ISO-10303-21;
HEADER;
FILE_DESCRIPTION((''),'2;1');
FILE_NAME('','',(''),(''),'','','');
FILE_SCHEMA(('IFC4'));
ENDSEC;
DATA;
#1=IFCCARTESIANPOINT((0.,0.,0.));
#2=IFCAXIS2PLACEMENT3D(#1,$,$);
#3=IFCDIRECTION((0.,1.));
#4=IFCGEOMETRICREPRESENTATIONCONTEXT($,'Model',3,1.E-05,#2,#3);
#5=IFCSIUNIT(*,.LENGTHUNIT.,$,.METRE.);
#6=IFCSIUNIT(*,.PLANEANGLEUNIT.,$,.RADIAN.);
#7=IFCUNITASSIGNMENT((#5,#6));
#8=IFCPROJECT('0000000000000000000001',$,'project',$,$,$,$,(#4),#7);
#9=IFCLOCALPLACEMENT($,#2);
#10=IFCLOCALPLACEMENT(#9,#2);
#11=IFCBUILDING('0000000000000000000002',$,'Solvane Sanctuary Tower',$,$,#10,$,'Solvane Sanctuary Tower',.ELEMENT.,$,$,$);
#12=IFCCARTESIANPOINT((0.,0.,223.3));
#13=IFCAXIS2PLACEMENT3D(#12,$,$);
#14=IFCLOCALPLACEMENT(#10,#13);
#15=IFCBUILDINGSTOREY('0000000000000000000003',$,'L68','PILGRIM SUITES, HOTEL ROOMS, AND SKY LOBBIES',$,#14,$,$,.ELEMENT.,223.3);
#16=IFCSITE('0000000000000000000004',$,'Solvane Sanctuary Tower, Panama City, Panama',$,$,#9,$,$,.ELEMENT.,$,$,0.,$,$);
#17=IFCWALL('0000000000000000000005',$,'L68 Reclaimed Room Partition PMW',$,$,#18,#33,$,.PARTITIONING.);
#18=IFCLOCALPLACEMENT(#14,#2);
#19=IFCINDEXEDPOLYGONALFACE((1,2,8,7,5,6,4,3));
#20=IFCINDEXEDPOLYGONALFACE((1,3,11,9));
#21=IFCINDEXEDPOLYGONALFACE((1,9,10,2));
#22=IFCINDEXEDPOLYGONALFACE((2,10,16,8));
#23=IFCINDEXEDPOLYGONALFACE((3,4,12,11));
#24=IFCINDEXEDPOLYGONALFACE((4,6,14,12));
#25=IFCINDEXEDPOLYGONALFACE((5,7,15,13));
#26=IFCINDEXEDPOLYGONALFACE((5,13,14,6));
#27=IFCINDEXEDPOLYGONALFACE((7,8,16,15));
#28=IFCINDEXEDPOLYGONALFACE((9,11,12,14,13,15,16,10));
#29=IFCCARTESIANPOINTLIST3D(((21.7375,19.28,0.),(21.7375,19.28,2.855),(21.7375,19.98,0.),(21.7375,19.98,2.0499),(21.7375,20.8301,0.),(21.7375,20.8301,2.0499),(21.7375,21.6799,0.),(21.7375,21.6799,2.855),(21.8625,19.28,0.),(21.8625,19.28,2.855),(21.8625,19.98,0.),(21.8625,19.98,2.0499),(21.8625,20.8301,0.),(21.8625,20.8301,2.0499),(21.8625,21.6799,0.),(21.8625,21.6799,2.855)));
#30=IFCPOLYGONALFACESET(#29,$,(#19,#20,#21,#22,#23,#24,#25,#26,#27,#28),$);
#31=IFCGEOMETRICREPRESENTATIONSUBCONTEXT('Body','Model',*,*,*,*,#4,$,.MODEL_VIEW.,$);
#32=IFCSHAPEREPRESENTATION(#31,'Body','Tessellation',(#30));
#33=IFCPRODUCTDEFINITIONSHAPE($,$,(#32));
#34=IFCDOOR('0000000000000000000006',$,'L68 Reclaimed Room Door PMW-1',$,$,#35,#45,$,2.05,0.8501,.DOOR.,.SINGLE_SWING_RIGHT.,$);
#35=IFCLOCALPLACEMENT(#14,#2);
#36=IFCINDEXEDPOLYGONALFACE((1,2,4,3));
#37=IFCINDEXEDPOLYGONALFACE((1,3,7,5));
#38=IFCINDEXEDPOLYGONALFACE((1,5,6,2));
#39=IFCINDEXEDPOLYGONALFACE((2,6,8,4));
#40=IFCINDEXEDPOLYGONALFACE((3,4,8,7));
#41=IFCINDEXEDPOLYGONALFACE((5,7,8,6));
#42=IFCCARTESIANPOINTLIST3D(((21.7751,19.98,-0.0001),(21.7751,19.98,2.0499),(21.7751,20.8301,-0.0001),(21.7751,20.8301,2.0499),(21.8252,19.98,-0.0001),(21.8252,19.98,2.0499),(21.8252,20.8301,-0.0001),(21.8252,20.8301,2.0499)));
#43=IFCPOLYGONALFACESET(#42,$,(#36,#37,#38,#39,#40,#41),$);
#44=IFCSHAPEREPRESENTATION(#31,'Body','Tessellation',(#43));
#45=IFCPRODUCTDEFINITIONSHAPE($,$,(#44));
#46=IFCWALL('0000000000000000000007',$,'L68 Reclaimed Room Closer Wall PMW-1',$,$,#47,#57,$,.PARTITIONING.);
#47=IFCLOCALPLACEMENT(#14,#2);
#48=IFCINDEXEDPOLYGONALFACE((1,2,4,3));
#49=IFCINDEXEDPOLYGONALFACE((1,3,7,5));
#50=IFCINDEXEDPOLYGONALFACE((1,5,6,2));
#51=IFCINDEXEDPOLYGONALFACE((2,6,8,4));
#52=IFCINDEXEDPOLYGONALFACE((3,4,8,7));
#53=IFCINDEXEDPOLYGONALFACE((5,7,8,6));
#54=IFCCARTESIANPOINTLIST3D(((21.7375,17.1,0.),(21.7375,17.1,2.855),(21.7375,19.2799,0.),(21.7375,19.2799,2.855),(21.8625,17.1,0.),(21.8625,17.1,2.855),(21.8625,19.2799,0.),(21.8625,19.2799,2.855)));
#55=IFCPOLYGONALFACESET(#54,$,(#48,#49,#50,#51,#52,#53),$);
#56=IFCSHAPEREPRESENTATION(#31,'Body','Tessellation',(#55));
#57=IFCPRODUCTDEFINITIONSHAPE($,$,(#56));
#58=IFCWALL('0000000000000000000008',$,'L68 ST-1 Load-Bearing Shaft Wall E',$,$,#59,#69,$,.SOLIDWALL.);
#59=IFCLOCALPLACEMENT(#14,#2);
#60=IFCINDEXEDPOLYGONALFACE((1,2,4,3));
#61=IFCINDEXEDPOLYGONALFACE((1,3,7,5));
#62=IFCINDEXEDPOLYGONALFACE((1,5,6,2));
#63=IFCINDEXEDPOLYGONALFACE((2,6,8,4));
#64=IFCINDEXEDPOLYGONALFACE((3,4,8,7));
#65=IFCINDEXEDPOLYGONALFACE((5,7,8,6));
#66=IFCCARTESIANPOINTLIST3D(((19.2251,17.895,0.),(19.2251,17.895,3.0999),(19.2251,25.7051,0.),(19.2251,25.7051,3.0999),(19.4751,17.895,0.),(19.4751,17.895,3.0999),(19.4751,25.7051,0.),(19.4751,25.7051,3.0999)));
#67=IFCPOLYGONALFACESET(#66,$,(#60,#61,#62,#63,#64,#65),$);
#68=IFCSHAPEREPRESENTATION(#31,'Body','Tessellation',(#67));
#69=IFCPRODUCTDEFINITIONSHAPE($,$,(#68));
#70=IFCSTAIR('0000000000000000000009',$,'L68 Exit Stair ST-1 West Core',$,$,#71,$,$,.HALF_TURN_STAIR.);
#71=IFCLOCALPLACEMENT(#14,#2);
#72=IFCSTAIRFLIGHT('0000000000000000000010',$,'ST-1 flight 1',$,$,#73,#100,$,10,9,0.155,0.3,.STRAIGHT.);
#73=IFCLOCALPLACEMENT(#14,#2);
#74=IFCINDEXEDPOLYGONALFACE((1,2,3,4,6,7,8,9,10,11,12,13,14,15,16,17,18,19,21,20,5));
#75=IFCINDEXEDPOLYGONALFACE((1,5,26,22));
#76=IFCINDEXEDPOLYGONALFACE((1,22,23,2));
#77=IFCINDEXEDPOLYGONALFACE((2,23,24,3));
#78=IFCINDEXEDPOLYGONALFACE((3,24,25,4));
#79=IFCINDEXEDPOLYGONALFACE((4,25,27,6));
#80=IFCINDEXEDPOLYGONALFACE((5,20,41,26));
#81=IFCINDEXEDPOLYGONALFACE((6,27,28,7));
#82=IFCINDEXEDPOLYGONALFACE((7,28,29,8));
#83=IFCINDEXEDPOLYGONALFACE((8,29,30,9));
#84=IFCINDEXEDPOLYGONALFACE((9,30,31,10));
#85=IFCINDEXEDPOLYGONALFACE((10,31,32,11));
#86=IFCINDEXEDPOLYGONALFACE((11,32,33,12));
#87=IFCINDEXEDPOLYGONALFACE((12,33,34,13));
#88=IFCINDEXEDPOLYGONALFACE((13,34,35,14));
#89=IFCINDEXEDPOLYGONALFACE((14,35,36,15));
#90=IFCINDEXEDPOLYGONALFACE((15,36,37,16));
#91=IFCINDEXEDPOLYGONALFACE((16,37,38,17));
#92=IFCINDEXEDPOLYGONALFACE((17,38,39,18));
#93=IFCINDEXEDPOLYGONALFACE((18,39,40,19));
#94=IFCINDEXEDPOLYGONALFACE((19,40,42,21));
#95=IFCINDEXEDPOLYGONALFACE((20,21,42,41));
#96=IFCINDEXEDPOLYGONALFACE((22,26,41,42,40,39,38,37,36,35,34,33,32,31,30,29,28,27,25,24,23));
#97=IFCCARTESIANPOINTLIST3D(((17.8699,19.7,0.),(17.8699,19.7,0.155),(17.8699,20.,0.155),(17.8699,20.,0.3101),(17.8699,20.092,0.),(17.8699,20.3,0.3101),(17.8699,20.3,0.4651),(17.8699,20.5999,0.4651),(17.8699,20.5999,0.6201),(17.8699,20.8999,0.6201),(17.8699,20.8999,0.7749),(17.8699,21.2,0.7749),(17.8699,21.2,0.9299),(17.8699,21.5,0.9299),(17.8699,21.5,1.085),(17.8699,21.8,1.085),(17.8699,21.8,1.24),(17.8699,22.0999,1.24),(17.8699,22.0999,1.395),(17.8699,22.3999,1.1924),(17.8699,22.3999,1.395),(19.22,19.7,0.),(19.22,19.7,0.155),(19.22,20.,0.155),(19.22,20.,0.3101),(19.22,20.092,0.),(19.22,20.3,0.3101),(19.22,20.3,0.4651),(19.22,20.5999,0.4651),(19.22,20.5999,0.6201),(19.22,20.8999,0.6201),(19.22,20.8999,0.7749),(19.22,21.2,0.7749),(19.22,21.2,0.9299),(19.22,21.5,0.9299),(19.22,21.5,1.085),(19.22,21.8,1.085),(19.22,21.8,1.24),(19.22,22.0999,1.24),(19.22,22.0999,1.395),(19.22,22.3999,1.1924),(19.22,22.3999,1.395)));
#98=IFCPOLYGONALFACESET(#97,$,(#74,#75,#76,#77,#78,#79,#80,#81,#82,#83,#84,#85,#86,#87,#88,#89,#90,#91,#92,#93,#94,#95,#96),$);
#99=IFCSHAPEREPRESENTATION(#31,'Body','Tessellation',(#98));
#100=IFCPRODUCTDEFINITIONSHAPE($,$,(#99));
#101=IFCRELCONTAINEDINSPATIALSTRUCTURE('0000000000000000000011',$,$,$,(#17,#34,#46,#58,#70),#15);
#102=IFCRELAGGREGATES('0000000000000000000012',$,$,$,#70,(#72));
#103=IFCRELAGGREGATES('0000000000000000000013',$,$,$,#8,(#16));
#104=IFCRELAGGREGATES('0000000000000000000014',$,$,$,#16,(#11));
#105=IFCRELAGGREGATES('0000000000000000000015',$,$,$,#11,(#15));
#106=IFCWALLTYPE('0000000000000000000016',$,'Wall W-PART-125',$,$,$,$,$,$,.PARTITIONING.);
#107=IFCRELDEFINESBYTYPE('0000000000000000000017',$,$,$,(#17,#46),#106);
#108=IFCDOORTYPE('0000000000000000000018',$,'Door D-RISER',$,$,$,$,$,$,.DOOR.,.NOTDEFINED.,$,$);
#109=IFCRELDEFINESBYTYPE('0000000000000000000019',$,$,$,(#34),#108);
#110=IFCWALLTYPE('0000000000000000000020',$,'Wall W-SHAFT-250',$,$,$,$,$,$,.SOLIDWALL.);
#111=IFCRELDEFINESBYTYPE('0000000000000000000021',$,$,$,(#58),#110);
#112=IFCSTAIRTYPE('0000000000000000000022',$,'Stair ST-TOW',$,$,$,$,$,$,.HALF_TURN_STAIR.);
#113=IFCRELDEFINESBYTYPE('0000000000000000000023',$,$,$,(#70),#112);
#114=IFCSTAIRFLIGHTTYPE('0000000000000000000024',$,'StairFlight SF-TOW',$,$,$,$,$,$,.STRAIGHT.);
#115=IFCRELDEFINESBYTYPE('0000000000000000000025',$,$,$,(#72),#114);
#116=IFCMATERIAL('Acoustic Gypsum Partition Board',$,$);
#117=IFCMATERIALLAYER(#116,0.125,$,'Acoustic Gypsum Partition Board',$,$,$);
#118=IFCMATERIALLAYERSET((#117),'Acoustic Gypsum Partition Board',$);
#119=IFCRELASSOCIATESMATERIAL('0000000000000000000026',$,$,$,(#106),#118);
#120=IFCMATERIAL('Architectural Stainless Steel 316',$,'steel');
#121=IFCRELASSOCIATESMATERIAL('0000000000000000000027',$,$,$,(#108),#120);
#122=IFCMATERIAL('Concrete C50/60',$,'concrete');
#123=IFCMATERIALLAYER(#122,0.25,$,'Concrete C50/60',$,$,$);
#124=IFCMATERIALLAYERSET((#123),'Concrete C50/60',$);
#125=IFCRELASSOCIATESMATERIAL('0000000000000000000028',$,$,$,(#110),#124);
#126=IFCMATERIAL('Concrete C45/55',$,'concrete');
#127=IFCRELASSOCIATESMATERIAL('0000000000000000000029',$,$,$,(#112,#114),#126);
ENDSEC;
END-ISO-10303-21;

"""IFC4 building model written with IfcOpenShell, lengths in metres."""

from ifc_helpers import new_model, si_unit, direction, frame, frame_2d, origin, place, context, subcontext, project, spatial, polyline, rectangle, outline, extrude, material, layer, layer_set, type_object, element, fill, aggregate, save


model = new_model("IFC4")

# Units and contexts
model_context = context("Model", 3, precision=1e-05, world=origin(), true_north=direction((0.0, 1.0)))
body_context = subcontext(model_context, "Body", "Model", "MODEL_VIEW")
ifc_project = project(units=[si_unit("LENGTHUNIT", "METRE"), si_unit("PLANEANGLEUNIT", "RADIAN")], contexts=[model_context])

# Site, building, storey
site_placement = place(None, origin())
site = spatial("IfcSite", under=ifc_project, at=site_placement, Name="Solvane Sanctuary Tower, Panama City, Panama", CompositionType="ELEMENT", RefElevation=0.0)
building_placement = place(site_placement, origin())
building = spatial("IfcBuilding", under=site, at=building_placement, Name="Solvane Sanctuary Tower", LongName="Solvane Sanctuary Tower", CompositionType="ELEMENT")
storey_placement = place(building_placement, frame((0.0, 0.0, 223.3)))
storey = spatial("IfcBuildingStorey", under=building, at=storey_placement, Name="L68", Description="PILGRIM SUITES, HOTEL ROOMS, AND SKY LOBBIES", CompositionType="ELEMENT", Elevation=223.3)

# Shared definitions
ifc_material_1 = material(Name="Concrete C50/60", Category="concrete")

# Shared definitions
ifc_material_2 = material(Name="Acoustic Gypsum Partition Board")

# Wall, opening, door
ifc_layer_1 = layer(ifc_material_2, 0.125, Name="Acoustic Gypsum Partition Board")
ifc_layer_set_1 = layer_set([ifc_layer_1], Name="Acoustic Gypsum Partition Board")
wall_type_1 = type_object("IfcWallType", Name="Wall W-PART-125", PredefinedType="PARTITIONING", material=ifc_layer_set_1)
wall_1_placement = place(storey_placement, frame((21.8, 19.28, 0.0), z_axis=(0.0, 0.0, 1.0), x_axis=(0.0, 1.0, 0.0)))
wall_1 = element("IfcWall", 1, at=wall_1_placement, inside=storey, type_object=wall_type_1, Name="L68 Reclaimed Room Partition PMW", PredefinedType="PARTITIONING", context=body_context, shape_type="SweptSolid", body=[
    extrude(rectangle(XDim=2.3999, YDim=0.125, at=frame_2d((1.2, 0.0))), origin(), (0.0, 0.0, 1.0), 2.855),
])
opening_1_placement = place(wall_1_placement, frame((0.7, 0.0, 0.0)))
opening_1 = element("IfcOpeningElement", 2, at=opening_1_placement, cuts=wall_1, PredefinedType="OPENING", context=body_context, shape_type="SweptSolid", body=[
    extrude(rectangle(XDim=0.8501, YDim=2.05, at=frame_2d((0.425, 1.0249))), frame((0.0, 0.0725, 0.0), z_axis=(0.0, -1.0, 0.0), x_axis=(1.0, 0.0, 0.0)), (0.0, 0.0, 1.0), 0.145),
])
ifc_material_3 = material(Name="Architectural Stainless Steel 316", Category="steel")
door_type_1 = type_object("IfcDoorType", Name="Door D-RISER", OperationType="NOTDEFINED", PredefinedType="DOOR", material=ifc_material_3)
door_1_placement = place(opening_1_placement, origin())
door_1 = element("IfcDoor", 3, at=door_1_placement, inside=storey, type_object=door_type_1, Name="L68 Reclaimed Room Door PMW-1", OperationType="SINGLE_SWING_RIGHT", OverallHeight=2.05, OverallWidth=0.8501, PredefinedType="DOOR", context=body_context, shape_type="SweptSolid", body=[
    extrude(rectangle(XDim=0.8501, YDim=2.05, at=frame_2d((0.425, 1.0249))), frame((0.0, 0.0249, 0.0), z_axis=(0.0, -1.0, 0.0), x_axis=(1.0, 0.0, 0.0)), (0.0, 0.0, 1.0), 0.05),
])
fill(opening_1, door_1)

# Walls
wall_2_placement = place(storey_placement, frame((21.8, 17.1001, 0.0), z_axis=(0.0, 0.0, 1.0), x_axis=(0.0, 1.0, 0.0)))
element("IfcWall", 4, at=wall_2_placement, inside=storey, type_object=wall_type_1, Name="L68 Reclaimed Room Closer Wall PMW-1", PredefinedType="PARTITIONING", context=body_context, shape_type="SweptSolid", body=[
    extrude(rectangle(XDim=2.1799, YDim=0.125, at=frame_2d((1.0898, 0.0))), origin(), (0.0, 0.0, 1.0), 2.855),
])
ifc_layer_2 = layer(ifc_material_1, 0.25, Name="Concrete C50/60")
ifc_layer_set_2 = layer_set([ifc_layer_2], Name="Concrete C50/60")
wall_type_2 = type_object("IfcWallType", Name="Wall W-SHAFT-250", PredefinedType="SOLIDWALL", material=ifc_layer_set_2)
wall_3_placement = place(storey_placement, frame((19.3501, 17.895, 0.0), z_axis=(0.0, 0.0, 1.0), x_axis=(0.0, 1.0, 0.0)))
element("IfcWall", 5, at=wall_3_placement, inside=storey, type_object=wall_type_2, Name="L68 ST-1 Load-Bearing Shaft Wall E", PredefinedType="SOLIDWALL", context=body_context, shape_type="SweptSolid", body=[
    extrude(rectangle(XDim=7.8101, YDim=0.25, at=frame_2d((3.905, 0.0))), origin(), (0.0, 0.0, 1.0), 3.0999),
])

# Stair, stair flight
ifc_material_4 = material(Name="Concrete C45/55", Category="concrete")
stair_type = type_object("IfcStairType", Name="Stair ST-TOW", PredefinedType="HALF_TURN_STAIR", material=ifc_material_4)
stair_placement = place(storey_placement, origin())
stair = element("IfcStair", 6, at=stair_placement, inside=storey, type_object=stair_type, Name="L68 Exit Stair ST-1 West Core", PredefinedType="HALF_TURN_STAIR")
stair_flight_type = type_object("IfcStairFlightType", Name="StairFlight SF-TOW", PredefinedType="STRAIGHT", material=ifc_material_4)
stair_flight_placement = place(storey_placement, frame((18.5449, 19.7, 0.0), z_axis=(0.0, 0.0, 1.0), x_axis=(0.0, 1.0, 0.0)))
stair_flight = element("IfcStairFlight", 7, at=stair_flight_placement, type_object=stair_flight_type, Name="ST-1 flight 1", NumberOfRisers=10, NumberOfTreads=9, PredefinedType="STRAIGHT", RiserHeight=0.155, TreadLength=0.3, context=body_context, shape_type="SweptSolid", body=[
    extrude(outline(polyline([(0.0, 0.0), (0.0, 0.155), (0.3, 0.155), (0.3, 0.3101), (0.6001, 0.3101), (0.6001, 0.4651), (0.8999, 0.4651), (0.8999, 0.6201), (1.2, 0.6201), (1.2, 0.7749), (1.5, 0.7749), (1.5, 0.9299), (1.8, 0.9299), (1.8, 1.085), (2.1001, 1.085), (2.1001, 1.24), (2.3999, 1.24), (2.3999, 1.395), (2.7, 1.395), (2.7, 1.55), (2.7, 1.1924), (0.3921, 0.0), (0.0, 0.0)])), frame((0.0, 0.675, 0.0), z_axis=(0.0, -1.0, 0.0), x_axis=(1.0, 0.0, 0.0)), (0.0, 0.0, 1.0), 1.3501),
])
aggregate(stair, [stair_flight])

save(model, "model.ifc")
